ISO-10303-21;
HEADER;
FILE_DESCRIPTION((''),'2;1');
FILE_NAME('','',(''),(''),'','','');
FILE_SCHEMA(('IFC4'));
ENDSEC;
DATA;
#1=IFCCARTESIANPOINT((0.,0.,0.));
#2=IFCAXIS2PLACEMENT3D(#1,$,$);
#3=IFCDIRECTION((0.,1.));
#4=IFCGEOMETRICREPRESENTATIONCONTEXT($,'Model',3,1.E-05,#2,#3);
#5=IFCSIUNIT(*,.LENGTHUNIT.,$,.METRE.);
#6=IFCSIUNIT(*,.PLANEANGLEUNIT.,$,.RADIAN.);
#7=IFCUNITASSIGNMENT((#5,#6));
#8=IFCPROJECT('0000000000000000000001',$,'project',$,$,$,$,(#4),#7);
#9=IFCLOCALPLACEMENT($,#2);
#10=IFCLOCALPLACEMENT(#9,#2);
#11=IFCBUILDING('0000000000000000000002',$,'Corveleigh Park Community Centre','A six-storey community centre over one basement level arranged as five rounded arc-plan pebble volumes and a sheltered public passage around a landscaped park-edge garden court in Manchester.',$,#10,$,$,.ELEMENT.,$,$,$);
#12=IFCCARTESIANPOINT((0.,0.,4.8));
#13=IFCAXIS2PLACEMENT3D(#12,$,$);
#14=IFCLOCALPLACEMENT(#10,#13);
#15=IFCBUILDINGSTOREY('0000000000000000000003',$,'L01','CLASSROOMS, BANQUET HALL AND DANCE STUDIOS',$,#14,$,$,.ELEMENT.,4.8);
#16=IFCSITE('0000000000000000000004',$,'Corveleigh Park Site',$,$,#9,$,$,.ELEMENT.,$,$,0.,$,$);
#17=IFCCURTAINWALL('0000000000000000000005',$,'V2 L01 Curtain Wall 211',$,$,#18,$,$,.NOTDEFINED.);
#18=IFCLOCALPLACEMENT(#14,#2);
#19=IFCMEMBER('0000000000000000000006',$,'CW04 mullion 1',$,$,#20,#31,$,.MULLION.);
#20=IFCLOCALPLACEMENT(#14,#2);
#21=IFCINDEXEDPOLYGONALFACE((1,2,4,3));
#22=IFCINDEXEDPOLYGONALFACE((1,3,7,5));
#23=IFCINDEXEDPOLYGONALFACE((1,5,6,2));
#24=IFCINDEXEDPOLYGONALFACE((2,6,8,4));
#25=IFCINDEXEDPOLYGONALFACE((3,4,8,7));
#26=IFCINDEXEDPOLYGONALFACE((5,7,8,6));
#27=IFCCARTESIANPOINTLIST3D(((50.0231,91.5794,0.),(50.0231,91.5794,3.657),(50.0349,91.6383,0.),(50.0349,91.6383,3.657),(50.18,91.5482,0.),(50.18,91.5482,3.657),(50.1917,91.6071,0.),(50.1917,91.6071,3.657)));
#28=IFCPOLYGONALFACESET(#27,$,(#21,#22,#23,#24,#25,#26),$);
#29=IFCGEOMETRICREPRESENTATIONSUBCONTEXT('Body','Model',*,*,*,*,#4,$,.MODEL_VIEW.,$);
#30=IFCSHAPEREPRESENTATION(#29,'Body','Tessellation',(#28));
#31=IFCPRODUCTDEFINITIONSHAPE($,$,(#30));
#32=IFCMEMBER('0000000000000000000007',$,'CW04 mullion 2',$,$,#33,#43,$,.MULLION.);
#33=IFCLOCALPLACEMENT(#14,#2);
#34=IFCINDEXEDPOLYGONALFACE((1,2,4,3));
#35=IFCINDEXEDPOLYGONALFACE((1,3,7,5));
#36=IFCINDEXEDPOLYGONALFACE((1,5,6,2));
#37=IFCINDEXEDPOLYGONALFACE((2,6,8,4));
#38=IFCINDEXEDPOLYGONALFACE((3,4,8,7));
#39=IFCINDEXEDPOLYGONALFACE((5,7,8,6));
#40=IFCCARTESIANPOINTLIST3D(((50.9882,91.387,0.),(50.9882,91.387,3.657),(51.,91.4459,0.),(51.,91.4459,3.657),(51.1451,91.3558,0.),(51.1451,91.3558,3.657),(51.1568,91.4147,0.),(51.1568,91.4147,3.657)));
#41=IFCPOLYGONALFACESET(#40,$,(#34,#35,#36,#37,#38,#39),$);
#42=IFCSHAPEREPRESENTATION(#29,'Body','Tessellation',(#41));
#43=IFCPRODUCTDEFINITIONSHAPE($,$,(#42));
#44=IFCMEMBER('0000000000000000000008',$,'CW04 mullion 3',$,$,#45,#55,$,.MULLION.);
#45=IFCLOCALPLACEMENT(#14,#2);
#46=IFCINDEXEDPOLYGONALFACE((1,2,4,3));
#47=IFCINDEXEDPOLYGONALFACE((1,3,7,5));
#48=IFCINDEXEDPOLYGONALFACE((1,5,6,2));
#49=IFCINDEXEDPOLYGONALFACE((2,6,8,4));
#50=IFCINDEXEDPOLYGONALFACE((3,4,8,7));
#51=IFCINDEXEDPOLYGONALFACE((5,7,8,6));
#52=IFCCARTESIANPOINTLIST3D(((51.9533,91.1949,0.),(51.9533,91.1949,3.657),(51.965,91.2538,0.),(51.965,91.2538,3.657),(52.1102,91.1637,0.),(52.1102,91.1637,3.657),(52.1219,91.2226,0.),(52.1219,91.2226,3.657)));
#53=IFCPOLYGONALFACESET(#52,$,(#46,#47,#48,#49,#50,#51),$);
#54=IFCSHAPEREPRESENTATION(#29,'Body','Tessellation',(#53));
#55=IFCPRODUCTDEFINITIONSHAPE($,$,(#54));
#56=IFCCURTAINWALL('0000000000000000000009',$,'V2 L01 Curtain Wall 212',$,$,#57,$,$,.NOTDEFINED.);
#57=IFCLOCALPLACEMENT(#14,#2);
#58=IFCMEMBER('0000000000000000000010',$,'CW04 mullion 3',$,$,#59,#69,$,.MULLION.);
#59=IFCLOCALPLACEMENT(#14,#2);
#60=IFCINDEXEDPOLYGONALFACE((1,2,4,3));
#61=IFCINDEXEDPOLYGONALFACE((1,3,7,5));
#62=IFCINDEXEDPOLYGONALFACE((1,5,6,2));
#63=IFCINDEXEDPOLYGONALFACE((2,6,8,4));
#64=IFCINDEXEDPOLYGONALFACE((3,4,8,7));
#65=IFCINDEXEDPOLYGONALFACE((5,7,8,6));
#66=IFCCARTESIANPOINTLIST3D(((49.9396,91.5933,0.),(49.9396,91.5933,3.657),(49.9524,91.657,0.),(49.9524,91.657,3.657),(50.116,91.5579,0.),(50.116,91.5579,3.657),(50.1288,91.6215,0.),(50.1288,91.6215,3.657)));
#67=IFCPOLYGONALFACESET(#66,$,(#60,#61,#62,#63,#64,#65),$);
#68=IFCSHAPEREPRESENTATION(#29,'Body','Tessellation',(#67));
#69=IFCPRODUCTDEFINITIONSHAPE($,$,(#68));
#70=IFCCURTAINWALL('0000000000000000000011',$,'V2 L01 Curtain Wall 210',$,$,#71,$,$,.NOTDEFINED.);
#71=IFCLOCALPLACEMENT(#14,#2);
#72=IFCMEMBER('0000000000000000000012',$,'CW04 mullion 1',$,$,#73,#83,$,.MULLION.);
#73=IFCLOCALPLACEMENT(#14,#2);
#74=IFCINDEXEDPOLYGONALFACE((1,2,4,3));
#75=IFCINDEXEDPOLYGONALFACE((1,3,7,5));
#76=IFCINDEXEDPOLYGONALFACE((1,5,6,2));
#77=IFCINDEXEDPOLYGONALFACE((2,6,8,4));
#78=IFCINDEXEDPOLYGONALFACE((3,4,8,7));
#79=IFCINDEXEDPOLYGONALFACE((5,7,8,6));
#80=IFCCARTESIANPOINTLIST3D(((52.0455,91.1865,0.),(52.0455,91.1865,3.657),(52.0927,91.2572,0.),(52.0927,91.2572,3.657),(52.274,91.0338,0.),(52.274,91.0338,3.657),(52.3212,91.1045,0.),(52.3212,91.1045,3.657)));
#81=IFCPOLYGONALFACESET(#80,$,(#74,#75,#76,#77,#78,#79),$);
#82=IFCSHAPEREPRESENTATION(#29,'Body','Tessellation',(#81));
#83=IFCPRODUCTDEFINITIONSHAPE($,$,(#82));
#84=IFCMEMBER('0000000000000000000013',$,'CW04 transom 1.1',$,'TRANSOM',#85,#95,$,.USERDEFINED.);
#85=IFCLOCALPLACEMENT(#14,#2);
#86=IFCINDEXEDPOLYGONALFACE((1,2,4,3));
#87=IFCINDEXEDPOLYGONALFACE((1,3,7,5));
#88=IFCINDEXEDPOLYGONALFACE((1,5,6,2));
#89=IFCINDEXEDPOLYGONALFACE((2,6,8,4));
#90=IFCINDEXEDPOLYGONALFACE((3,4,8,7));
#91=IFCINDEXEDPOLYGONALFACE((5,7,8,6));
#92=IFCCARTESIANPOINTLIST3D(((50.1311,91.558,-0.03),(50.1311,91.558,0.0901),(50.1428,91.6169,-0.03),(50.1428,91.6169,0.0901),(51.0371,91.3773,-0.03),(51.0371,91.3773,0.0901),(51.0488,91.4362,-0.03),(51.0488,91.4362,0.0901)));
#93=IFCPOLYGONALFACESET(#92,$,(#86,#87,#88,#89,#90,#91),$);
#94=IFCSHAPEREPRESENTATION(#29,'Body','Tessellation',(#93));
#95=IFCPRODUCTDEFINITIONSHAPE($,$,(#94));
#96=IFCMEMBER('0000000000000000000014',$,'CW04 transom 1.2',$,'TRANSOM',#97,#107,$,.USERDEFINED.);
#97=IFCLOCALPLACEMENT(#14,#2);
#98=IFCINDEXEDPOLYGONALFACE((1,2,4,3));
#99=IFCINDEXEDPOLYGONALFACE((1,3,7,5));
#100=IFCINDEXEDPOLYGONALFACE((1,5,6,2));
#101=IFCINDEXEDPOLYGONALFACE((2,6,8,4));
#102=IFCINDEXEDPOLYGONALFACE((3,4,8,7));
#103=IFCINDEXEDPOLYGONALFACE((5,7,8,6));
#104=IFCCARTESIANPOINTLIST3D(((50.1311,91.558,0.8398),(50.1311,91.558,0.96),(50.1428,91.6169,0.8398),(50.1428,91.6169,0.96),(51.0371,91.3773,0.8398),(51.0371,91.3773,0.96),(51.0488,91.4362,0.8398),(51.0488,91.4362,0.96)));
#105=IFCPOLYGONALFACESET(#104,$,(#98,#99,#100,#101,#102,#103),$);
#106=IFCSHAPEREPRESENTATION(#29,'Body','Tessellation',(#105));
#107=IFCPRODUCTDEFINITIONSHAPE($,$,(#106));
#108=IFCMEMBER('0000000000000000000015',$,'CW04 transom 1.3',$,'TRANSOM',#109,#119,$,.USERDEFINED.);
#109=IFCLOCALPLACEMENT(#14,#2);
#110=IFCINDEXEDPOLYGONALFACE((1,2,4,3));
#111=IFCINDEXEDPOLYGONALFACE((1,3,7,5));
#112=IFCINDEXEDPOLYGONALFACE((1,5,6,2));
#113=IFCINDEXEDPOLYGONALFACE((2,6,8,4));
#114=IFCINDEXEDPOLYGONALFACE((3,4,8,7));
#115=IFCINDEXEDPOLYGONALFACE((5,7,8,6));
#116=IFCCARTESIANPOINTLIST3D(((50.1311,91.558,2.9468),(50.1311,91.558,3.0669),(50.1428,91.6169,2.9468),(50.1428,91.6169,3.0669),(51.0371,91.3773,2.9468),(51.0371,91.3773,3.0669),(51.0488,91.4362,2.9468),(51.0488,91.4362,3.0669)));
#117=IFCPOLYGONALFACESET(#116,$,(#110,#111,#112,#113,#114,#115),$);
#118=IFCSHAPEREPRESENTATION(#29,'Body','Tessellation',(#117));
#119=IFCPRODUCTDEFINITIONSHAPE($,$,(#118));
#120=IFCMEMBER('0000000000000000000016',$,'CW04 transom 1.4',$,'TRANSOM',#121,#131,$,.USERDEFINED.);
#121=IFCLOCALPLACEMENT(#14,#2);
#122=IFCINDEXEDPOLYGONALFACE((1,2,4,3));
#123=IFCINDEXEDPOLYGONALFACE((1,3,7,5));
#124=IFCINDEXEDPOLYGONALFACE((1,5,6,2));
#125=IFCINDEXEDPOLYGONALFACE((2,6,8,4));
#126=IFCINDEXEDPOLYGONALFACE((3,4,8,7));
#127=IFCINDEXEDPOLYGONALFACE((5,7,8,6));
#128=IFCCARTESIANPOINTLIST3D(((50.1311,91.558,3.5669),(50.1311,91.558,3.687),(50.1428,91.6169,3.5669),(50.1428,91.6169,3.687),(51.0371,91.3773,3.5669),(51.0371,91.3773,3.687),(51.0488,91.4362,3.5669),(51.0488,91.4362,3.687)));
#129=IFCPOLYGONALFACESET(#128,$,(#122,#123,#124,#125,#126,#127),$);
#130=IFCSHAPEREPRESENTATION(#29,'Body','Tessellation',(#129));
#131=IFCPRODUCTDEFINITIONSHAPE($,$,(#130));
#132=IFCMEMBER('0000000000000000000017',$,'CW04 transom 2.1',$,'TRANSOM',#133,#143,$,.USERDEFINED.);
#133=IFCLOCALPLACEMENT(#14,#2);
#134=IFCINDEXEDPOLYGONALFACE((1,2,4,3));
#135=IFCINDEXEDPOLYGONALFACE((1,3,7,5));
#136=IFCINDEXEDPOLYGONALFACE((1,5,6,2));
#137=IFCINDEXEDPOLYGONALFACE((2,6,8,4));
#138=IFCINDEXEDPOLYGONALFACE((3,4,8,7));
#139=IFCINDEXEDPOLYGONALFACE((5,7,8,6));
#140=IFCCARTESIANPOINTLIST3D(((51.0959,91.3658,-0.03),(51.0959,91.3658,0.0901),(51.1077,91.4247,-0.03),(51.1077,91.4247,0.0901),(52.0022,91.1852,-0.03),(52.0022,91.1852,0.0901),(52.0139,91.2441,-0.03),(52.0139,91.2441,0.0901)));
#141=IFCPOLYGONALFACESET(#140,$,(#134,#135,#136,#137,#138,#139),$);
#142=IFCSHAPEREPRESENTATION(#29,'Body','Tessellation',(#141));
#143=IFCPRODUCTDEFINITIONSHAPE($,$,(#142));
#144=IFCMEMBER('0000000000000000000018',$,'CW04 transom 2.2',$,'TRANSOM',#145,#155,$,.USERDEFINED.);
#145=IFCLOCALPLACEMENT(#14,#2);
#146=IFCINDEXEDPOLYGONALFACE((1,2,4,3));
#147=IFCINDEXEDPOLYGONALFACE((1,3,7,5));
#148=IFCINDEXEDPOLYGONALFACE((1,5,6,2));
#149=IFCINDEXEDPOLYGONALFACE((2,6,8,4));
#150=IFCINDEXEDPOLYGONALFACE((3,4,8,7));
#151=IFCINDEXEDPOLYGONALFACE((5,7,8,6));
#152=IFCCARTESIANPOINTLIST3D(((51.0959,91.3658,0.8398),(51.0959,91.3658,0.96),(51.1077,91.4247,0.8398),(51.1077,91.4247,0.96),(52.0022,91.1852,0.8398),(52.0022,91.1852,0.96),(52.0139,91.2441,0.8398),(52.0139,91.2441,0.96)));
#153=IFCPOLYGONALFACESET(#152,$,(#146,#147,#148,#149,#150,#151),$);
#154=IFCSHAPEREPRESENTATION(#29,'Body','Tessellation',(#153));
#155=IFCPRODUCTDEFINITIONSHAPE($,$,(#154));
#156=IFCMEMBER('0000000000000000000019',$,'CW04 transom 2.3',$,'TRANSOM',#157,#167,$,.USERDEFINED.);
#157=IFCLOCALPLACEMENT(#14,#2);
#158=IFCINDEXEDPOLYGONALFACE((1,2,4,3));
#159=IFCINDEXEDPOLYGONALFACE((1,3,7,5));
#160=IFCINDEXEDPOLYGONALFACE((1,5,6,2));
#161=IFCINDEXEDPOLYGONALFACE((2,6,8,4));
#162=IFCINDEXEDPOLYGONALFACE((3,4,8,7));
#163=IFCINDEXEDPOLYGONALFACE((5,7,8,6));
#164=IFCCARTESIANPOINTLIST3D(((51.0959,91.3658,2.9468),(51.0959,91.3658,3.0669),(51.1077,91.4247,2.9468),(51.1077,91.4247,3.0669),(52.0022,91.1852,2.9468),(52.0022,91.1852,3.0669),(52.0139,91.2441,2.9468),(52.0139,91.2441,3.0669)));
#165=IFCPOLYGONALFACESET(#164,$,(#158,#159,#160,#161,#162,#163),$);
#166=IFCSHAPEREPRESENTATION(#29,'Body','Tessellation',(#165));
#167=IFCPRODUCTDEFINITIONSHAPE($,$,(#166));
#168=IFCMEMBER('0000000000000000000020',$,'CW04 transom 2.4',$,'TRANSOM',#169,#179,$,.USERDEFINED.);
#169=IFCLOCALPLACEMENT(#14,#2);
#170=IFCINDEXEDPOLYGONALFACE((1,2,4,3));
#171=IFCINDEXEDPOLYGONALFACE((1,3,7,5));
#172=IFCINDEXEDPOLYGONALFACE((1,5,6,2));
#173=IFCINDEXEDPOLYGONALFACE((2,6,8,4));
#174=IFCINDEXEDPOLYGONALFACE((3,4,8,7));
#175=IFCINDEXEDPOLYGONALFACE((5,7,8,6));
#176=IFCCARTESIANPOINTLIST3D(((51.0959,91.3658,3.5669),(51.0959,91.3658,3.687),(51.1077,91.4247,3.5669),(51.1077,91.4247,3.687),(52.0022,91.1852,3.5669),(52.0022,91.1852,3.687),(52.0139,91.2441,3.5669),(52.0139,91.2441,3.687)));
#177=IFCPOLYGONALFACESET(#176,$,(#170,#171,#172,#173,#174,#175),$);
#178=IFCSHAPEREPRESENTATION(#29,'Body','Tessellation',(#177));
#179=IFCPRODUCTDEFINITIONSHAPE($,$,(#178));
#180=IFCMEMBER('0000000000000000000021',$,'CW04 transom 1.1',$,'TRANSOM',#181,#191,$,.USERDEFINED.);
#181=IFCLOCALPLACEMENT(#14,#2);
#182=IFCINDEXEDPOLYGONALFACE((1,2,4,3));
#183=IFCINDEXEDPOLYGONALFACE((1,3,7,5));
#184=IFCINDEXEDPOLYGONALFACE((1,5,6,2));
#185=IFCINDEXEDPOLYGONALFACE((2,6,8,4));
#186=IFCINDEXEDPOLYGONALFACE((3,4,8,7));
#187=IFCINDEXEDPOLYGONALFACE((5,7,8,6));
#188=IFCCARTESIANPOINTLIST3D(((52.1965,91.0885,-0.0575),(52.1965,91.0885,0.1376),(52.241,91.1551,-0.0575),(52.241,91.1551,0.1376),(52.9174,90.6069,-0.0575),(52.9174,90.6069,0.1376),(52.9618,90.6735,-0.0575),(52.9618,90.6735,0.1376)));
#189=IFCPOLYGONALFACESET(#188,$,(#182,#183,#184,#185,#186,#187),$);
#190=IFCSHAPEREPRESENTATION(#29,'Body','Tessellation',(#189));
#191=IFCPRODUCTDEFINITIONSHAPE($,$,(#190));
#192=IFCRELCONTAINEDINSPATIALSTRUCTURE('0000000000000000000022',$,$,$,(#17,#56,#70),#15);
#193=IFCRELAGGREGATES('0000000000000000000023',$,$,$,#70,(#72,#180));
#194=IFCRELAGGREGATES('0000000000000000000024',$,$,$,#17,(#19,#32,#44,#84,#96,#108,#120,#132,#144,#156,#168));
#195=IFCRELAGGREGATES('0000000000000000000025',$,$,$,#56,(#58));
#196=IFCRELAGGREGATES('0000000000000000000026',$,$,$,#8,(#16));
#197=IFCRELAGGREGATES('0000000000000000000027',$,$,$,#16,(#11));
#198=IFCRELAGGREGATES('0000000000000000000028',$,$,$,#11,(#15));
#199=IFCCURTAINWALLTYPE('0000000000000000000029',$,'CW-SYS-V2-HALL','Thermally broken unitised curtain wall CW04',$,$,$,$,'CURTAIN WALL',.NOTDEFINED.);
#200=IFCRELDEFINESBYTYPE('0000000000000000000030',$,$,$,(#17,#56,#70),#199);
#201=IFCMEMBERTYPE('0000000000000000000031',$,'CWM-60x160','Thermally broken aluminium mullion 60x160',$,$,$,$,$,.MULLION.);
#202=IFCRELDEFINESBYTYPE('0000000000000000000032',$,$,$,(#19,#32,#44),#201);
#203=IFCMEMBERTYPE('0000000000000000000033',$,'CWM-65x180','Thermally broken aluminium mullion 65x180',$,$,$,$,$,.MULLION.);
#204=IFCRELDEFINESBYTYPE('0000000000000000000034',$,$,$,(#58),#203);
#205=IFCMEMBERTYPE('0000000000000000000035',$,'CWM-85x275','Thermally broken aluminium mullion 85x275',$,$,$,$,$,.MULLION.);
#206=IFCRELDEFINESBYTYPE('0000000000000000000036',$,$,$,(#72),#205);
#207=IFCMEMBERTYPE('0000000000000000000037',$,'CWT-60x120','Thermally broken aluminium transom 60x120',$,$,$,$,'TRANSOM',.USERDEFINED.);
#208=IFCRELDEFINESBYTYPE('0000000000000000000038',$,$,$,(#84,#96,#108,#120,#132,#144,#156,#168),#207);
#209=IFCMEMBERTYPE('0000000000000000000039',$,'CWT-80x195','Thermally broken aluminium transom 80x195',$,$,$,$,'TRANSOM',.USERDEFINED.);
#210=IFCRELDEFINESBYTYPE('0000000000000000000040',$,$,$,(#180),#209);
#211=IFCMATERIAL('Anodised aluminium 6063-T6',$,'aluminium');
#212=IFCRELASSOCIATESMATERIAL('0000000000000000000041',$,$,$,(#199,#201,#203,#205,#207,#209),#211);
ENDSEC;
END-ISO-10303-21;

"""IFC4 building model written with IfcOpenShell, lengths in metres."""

from ifc_helpers import new_model, si_unit, direction, frame, origin, origin_2d, place, context, subcontext, project, spatial, rectangle, extrude, material, material_profile, profile_set, type_object, element, aggregate, save


model = new_model("IFC4")

# Units and contexts
model_context = context("Model", 3, precision=1e-05, world=origin(), true_north=direction((0.0, 1.0)))
body_context = subcontext(model_context, "Body", "Model", "MODEL_VIEW")
ifc_project = project(units=[si_unit("LENGTHUNIT", "METRE"), si_unit("PLANEANGLEUNIT", "RADIAN")], contexts=[model_context])

# Site, building, storey
site_placement = place(None, origin())
site = spatial("IfcSite", under=ifc_project, at=site_placement, Name="Corveleigh Park Site", CompositionType="ELEMENT", RefElevation=0.0)
building_placement = place(site_placement, origin())
building = spatial("IfcBuilding", under=site, at=building_placement, Name="Corveleigh Park Community Centre", Description="A six-storey community centre over one basement level arranged as five rounded arc-plan pebble volumes and a sheltered public passage around a landscaped park-edge garden court in Manchester.", CompositionType="ELEMENT")
storey_placement = place(building_placement, frame((0.0, 0.0, 4.8)))
storey = spatial("IfcBuildingStorey", under=building, at=storey_placement, Name="L01", Description="CLASSROOMS, BANQUET HALL AND DANCE STUDIOS", CompositionType="ELEMENT", Elevation=4.8)

# Curtain wall, members
ifc_material_1 = material(Name="Anodised aluminium 6063-T6", Category="aluminium")
curtain_wall_type = type_object("IfcCurtainWallType", Name="CW-SYS-V2-HALL", Description="Thermally broken unitised curtain wall CW04", ElementType="CURTAIN WALL", PredefinedType="NOTDEFINED", material=ifc_material_1)
curtain_wall_1_placement = place(storey_placement, origin())
curtain_wall_1 = element("IfcCurtainWall", 1, at=curtain_wall_1_placement, inside=storey, type_object=curtain_wall_type, Name="V2 L01 Curtain Wall 211", PredefinedType="NOTDEFINED")
ifc_material_profile_1 = material_profile(ifc_material_1, rectangle(XDim=0.0601, YDim=0.1599, at=origin_2d()), Name="ALU-M60x160", Category="aluminium")
ifc_profile_set_1 = profile_set([ifc_material_profile_1], Name="Anodised aluminium 6063-T6")
member_type_1 = type_object("IfcMemberType", Name="CWM-60x160", Description="Thermally broken aluminium mullion 60x160", PredefinedType="MULLION", material=ifc_profile_set_1)
member_1_placement = place(storey_placement, frame((50.1074, 91.5933, 0.0), z_axis=(0.0, 0.0, 1.0), x_axis=(0.195263, 0.980751, 0.0)))
member_1 = element("IfcMember", 2, at=member_1_placement, type_object=member_type_1, Name="CW04 mullion 1", PredefinedType="MULLION", context=body_context, shape_type="SweptSolid", body=[
    extrude(rectangle(XDim=0.0601, YDim=0.1599, at=origin_2d()), origin(), (0.0, 0.0, 1.0), 3.657),
])
member_2_placement = place(storey_placement, frame((51.0725, 91.4009, 0.0), z_axis=(0.0, 0.0, 1.0), x_axis=(0.195263, 0.980751, 0.0)))
member_2 = element("IfcMember", 3, at=member_2_placement, type_object=member_type_1, Name="CW04 mullion 2", PredefinedType="MULLION", context=body_context, shape_type="SweptSolid", body=[
    extrude(rectangle(XDim=0.0601, YDim=0.1599, at=origin_2d()), origin(), (0.0, 0.0, 1.0), 3.657),
])
member_3_placement = place(storey_placement, frame((52.0376, 91.2087, 0.0), z_axis=(0.0, 0.0, 1.0), x_axis=(0.195263, 0.980751, 0.0)))
member_3 = element("IfcMember", 4, at=member_3_placement, type_object=member_type_1, Name="CW04 mullion 3", PredefinedType="MULLION", context=body_context, shape_type="SweptSolid", body=[
    extrude(rectangle(XDim=0.0601, YDim=0.1599, at=origin_2d()), origin(), (0.0, 0.0, 1.0), 3.657),
])

# Curtain walls, members
curtain_wall_2_placement = place(storey_placement, origin())
curtain_wall_2 = element("IfcCurtainWall", 5, at=curtain_wall_2_placement, inside=storey, type_object=curtain_wall_type, Name="V2 L01 Curtain Wall 212", PredefinedType="NOTDEFINED")
ifc_material_profile_2 = material_profile(ifc_material_1, rectangle(XDim=0.0649, YDim=0.1799, at=origin_2d()), Name="ALU-M65x180", Category="aluminium")
ifc_profile_set_2 = profile_set([ifc_material_profile_2], Name="Anodised aluminium 6063-T6")
member_type_2 = type_object("IfcMemberType", Name="CWM-65x180", Description="Thermally broken aluminium mullion 65x180", PredefinedType="MULLION", material=ifc_profile_set_2)
member_4_placement = place(storey_placement, frame((50.0342, 91.6074, 0.0), z_axis=(0.0, 0.0, 1.0), x_axis=(0.197111, 0.980381, 0.0)))
member_4 = element("IfcMember", 6, at=member_4_placement, type_object=member_type_2, Name="CW04 mullion 3", PredefinedType="MULLION", context=body_context, shape_type="SweptSolid", body=[
    extrude(rectangle(XDim=0.0649, YDim=0.1799, at=origin_2d()), origin(), (0.0, 0.0, 1.0), 3.657),
])
curtain_wall_3_placement = place(storey_placement, origin())
curtain_wall_3 = element("IfcCurtainWall", 7, at=curtain_wall_3_placement, inside=storey, type_object=curtain_wall_type, Name="V2 L01 Curtain Wall 210", PredefinedType="NOTDEFINED")
ifc_material_profile_3 = material_profile(ifc_material_1, rectangle(XDim=0.085, YDim=0.2749, at=origin_2d()), Name="ALU-M85x275", Category="aluminium")
ifc_profile_set_3 = profile_set([ifc_material_profile_3], Name="Anodised aluminium 6063-T6")
member_type_3 = type_object("IfcMemberType", Name="CWM-85x275", Description="Thermally broken aluminium mullion 85x275", PredefinedType="MULLION", material=ifc_profile_set_3)
member_5_placement = place(storey_placement, frame((52.1833, 91.1455, 0.0), z_axis=(0.0, 0.0, 1.0), x_axis=(0.555512, 0.831509, 0.0)))
member_5 = element("IfcMember", 8, at=member_5_placement, type_object=member_type_3, Name="CW04 mullion 1", PredefinedType="MULLION", context=body_context, shape_type="SweptSolid", body=[
    extrude(rectangle(XDim=0.085, YDim=0.2749, at=origin_2d()), origin(), (0.0, 0.0, 1.0), 3.657),
])

# Members
ifc_material_profile_4 = material_profile(ifc_material_1, rectangle(XDim=0.0601, YDim=0.1201, at=origin_2d()), Name="ALU-T60x120", Category="aluminium")
ifc_profile_set_4 = profile_set([ifc_material_profile_4], Name="Anodised aluminium 6063-T6")
member_type_4 = type_object("IfcMemberType", Name="CWT-60x120", Description="Thermally broken aluminium transom 60x120", ElementType="TRANSOM", PredefinedType="USERDEFINED", material=ifc_profile_set_4)
member_6_placement = place(storey_placement, frame((50.137, 91.5874, 0.03), z_axis=(0.980692, -0.195557, 0.0), x_axis=(0.195557, 0.980692, 0.0)))
member_6 = element("IfcMember", 9, at=member_6_placement, type_object=member_type_4, Name="CW04 transom 1.1", ObjectType="TRANSOM", PredefinedType="USERDEFINED", context=body_context, shape_type="SweptSolid", body=[
    extrude(rectangle(XDim=0.0601, YDim=0.1201, at=origin_2d()), origin(), (0.0, 0.0, 1.0), 0.9238),
])
member_7_placement = place(storey_placement, frame((50.137, 91.5874, 0.8999), z_axis=(0.980692, -0.195557, 0.0), x_axis=(0.195557, 0.980692, 0.0)))
member_7 = element("IfcMember", 10, at=member_7_placement, type_object=member_type_4, Name="CW04 transom 1.2", ObjectType="TRANSOM", PredefinedType="USERDEFINED", context=body_context, shape_type="SweptSolid", body=[
    extrude(rectangle(XDim=0.0601, YDim=0.1201, at=origin_2d()), origin(), (0.0, 0.0, 1.0), 0.9238),
])
member_8_placement = place(storey_placement, frame((50.137, 91.5874, 3.0068), z_axis=(0.980692, -0.195557, 0.0), x_axis=(0.195557, 0.980692, 0.0)))
member_8 = element("IfcMember", 11, at=member_8_placement, type_object=member_type_4, Name="CW04 transom 1.3", ObjectType="TRANSOM", PredefinedType="USERDEFINED", context=body_context, shape_type="SweptSolid", body=[
    extrude(rectangle(XDim=0.0601, YDim=0.1201, at=origin_2d()), origin(), (0.0, 0.0, 1.0), 0.9238),
])
member_9_placement = place(storey_placement, frame((50.137, 91.5874, 3.627), z_axis=(0.980692, -0.195557, 0.0), x_axis=(0.195557, 0.980692, 0.0)))
member_9 = element("IfcMember", 12, at=member_9_placement, type_object=member_type_4, Name="CW04 transom 1.4", ObjectType="TRANSOM", PredefinedType="USERDEFINED", context=body_context, shape_type="SweptSolid", body=[
    extrude(rectangle(XDim=0.0601, YDim=0.1201, at=origin_2d()), origin(), (0.0, 0.0, 1.0), 0.9238),
])
member_10_placement = place(storey_placement, frame((51.1018, 91.3953, 0.03), z_axis=(0.980702, -0.195506, 0.0), x_axis=(0.195506, 0.980702, 0.0)))
member_10 = element("IfcMember", 13, at=member_10_placement, type_object=member_type_4, Name="CW04 transom 2.1", ObjectType="TRANSOM", PredefinedType="USERDEFINED", context=body_context, shape_type="SweptSolid", body=[
    extrude(rectangle(XDim=0.0601, YDim=0.1201, at=origin_2d()), origin(), (0.0, 0.0, 1.0), 0.9241),
])
member_11_placement = place(storey_placement, frame((51.1018, 91.3953, 0.8999), z_axis=(0.980702, -0.195506, 0.0), x_axis=(0.195506, 0.980702, 0.0)))
member_11 = element("IfcMember", 14, at=member_11_placement, type_object=member_type_4, Name="CW04 transom 2.2", ObjectType="TRANSOM", PredefinedType="USERDEFINED", context=body_context, shape_type="SweptSolid", body=[
    extrude(rectangle(XDim=0.0601, YDim=0.1201, at=origin_2d()), origin(), (0.0, 0.0, 1.0), 0.9241),
])
member_12_placement = place(storey_placement, frame((51.1018, 91.3953, 3.0068), z_axis=(0.980702, -0.195506, 0.0), x_axis=(0.195506, 0.980702, 0.0)))
member_12 = element("IfcMember", 15, at=member_12_placement, type_object=member_type_4, Name="CW04 transom 2.3", ObjectType="TRANSOM", PredefinedType="USERDEFINED", context=body_context, shape_type="SweptSolid", body=[
    extrude(rectangle(XDim=0.0601, YDim=0.1201, at=origin_2d()), origin(), (0.0, 0.0, 1.0), 0.9241),
])
member_13_placement = place(storey_placement, frame((51.1018, 91.3953, 3.627), z_axis=(0.980702, -0.195506, 0.0), x_axis=(0.195506, 0.980702, 0.0)))
member_13 = element("IfcMember", 16, at=member_13_placement, type_object=member_type_4, Name="CW04 transom 2.4", ObjectType="TRANSOM", PredefinedType="USERDEFINED", context=body_context, shape_type="SweptSolid", body=[
    extrude(rectangle(XDim=0.0601, YDim=0.1201, at=origin_2d()), origin(), (0.0, 0.0, 1.0), 0.9241),
])
ifc_material_profile_5 = material_profile(ifc_material_1, rectangle(XDim=0.0801, YDim=0.1951, at=origin_2d()), Name="ALU-T80x195", Category="aluminium")
ifc_profile_set_5 = profile_set([ifc_material_profile_5], Name="Anodised aluminium 6063-T6")
member_type_5 = type_object("IfcMemberType", Name="CWT-80x195", Description="Thermally broken aluminium transom 80x195", ElementType="TRANSOM", PredefinedType="USERDEFINED", material=ifc_profile_set_5)
member_14_placement = place(storey_placement, frame((52.2188, 91.1218, 0.04), z_axis=(0.831487, -0.555545, 0.0), x_axis=(0.555545, 0.831487, 0.0)))
member_14 = element("IfcMember", 17, at=member_14_placement, type_object=member_type_5, Name="CW04 transom 1.1", ObjectType="TRANSOM", PredefinedType="USERDEFINED", context=body_context, shape_type="SweptSolid", body=[
    extrude(rectangle(XDim=0.0801, YDim=0.1951, at=origin_2d()), origin(), (0.0, 0.0, 1.0), 0.8669),
])

aggregate(curtain_wall_3, [member_5, member_14])
aggregate(curtain_wall_1, [member_1, member_2, member_3, member_6, member_7, member_8, member_9, member_10, member_11, member_12, member_13])
aggregate(curtain_wall_2, [member_4])

save(model, "model.ifc")
